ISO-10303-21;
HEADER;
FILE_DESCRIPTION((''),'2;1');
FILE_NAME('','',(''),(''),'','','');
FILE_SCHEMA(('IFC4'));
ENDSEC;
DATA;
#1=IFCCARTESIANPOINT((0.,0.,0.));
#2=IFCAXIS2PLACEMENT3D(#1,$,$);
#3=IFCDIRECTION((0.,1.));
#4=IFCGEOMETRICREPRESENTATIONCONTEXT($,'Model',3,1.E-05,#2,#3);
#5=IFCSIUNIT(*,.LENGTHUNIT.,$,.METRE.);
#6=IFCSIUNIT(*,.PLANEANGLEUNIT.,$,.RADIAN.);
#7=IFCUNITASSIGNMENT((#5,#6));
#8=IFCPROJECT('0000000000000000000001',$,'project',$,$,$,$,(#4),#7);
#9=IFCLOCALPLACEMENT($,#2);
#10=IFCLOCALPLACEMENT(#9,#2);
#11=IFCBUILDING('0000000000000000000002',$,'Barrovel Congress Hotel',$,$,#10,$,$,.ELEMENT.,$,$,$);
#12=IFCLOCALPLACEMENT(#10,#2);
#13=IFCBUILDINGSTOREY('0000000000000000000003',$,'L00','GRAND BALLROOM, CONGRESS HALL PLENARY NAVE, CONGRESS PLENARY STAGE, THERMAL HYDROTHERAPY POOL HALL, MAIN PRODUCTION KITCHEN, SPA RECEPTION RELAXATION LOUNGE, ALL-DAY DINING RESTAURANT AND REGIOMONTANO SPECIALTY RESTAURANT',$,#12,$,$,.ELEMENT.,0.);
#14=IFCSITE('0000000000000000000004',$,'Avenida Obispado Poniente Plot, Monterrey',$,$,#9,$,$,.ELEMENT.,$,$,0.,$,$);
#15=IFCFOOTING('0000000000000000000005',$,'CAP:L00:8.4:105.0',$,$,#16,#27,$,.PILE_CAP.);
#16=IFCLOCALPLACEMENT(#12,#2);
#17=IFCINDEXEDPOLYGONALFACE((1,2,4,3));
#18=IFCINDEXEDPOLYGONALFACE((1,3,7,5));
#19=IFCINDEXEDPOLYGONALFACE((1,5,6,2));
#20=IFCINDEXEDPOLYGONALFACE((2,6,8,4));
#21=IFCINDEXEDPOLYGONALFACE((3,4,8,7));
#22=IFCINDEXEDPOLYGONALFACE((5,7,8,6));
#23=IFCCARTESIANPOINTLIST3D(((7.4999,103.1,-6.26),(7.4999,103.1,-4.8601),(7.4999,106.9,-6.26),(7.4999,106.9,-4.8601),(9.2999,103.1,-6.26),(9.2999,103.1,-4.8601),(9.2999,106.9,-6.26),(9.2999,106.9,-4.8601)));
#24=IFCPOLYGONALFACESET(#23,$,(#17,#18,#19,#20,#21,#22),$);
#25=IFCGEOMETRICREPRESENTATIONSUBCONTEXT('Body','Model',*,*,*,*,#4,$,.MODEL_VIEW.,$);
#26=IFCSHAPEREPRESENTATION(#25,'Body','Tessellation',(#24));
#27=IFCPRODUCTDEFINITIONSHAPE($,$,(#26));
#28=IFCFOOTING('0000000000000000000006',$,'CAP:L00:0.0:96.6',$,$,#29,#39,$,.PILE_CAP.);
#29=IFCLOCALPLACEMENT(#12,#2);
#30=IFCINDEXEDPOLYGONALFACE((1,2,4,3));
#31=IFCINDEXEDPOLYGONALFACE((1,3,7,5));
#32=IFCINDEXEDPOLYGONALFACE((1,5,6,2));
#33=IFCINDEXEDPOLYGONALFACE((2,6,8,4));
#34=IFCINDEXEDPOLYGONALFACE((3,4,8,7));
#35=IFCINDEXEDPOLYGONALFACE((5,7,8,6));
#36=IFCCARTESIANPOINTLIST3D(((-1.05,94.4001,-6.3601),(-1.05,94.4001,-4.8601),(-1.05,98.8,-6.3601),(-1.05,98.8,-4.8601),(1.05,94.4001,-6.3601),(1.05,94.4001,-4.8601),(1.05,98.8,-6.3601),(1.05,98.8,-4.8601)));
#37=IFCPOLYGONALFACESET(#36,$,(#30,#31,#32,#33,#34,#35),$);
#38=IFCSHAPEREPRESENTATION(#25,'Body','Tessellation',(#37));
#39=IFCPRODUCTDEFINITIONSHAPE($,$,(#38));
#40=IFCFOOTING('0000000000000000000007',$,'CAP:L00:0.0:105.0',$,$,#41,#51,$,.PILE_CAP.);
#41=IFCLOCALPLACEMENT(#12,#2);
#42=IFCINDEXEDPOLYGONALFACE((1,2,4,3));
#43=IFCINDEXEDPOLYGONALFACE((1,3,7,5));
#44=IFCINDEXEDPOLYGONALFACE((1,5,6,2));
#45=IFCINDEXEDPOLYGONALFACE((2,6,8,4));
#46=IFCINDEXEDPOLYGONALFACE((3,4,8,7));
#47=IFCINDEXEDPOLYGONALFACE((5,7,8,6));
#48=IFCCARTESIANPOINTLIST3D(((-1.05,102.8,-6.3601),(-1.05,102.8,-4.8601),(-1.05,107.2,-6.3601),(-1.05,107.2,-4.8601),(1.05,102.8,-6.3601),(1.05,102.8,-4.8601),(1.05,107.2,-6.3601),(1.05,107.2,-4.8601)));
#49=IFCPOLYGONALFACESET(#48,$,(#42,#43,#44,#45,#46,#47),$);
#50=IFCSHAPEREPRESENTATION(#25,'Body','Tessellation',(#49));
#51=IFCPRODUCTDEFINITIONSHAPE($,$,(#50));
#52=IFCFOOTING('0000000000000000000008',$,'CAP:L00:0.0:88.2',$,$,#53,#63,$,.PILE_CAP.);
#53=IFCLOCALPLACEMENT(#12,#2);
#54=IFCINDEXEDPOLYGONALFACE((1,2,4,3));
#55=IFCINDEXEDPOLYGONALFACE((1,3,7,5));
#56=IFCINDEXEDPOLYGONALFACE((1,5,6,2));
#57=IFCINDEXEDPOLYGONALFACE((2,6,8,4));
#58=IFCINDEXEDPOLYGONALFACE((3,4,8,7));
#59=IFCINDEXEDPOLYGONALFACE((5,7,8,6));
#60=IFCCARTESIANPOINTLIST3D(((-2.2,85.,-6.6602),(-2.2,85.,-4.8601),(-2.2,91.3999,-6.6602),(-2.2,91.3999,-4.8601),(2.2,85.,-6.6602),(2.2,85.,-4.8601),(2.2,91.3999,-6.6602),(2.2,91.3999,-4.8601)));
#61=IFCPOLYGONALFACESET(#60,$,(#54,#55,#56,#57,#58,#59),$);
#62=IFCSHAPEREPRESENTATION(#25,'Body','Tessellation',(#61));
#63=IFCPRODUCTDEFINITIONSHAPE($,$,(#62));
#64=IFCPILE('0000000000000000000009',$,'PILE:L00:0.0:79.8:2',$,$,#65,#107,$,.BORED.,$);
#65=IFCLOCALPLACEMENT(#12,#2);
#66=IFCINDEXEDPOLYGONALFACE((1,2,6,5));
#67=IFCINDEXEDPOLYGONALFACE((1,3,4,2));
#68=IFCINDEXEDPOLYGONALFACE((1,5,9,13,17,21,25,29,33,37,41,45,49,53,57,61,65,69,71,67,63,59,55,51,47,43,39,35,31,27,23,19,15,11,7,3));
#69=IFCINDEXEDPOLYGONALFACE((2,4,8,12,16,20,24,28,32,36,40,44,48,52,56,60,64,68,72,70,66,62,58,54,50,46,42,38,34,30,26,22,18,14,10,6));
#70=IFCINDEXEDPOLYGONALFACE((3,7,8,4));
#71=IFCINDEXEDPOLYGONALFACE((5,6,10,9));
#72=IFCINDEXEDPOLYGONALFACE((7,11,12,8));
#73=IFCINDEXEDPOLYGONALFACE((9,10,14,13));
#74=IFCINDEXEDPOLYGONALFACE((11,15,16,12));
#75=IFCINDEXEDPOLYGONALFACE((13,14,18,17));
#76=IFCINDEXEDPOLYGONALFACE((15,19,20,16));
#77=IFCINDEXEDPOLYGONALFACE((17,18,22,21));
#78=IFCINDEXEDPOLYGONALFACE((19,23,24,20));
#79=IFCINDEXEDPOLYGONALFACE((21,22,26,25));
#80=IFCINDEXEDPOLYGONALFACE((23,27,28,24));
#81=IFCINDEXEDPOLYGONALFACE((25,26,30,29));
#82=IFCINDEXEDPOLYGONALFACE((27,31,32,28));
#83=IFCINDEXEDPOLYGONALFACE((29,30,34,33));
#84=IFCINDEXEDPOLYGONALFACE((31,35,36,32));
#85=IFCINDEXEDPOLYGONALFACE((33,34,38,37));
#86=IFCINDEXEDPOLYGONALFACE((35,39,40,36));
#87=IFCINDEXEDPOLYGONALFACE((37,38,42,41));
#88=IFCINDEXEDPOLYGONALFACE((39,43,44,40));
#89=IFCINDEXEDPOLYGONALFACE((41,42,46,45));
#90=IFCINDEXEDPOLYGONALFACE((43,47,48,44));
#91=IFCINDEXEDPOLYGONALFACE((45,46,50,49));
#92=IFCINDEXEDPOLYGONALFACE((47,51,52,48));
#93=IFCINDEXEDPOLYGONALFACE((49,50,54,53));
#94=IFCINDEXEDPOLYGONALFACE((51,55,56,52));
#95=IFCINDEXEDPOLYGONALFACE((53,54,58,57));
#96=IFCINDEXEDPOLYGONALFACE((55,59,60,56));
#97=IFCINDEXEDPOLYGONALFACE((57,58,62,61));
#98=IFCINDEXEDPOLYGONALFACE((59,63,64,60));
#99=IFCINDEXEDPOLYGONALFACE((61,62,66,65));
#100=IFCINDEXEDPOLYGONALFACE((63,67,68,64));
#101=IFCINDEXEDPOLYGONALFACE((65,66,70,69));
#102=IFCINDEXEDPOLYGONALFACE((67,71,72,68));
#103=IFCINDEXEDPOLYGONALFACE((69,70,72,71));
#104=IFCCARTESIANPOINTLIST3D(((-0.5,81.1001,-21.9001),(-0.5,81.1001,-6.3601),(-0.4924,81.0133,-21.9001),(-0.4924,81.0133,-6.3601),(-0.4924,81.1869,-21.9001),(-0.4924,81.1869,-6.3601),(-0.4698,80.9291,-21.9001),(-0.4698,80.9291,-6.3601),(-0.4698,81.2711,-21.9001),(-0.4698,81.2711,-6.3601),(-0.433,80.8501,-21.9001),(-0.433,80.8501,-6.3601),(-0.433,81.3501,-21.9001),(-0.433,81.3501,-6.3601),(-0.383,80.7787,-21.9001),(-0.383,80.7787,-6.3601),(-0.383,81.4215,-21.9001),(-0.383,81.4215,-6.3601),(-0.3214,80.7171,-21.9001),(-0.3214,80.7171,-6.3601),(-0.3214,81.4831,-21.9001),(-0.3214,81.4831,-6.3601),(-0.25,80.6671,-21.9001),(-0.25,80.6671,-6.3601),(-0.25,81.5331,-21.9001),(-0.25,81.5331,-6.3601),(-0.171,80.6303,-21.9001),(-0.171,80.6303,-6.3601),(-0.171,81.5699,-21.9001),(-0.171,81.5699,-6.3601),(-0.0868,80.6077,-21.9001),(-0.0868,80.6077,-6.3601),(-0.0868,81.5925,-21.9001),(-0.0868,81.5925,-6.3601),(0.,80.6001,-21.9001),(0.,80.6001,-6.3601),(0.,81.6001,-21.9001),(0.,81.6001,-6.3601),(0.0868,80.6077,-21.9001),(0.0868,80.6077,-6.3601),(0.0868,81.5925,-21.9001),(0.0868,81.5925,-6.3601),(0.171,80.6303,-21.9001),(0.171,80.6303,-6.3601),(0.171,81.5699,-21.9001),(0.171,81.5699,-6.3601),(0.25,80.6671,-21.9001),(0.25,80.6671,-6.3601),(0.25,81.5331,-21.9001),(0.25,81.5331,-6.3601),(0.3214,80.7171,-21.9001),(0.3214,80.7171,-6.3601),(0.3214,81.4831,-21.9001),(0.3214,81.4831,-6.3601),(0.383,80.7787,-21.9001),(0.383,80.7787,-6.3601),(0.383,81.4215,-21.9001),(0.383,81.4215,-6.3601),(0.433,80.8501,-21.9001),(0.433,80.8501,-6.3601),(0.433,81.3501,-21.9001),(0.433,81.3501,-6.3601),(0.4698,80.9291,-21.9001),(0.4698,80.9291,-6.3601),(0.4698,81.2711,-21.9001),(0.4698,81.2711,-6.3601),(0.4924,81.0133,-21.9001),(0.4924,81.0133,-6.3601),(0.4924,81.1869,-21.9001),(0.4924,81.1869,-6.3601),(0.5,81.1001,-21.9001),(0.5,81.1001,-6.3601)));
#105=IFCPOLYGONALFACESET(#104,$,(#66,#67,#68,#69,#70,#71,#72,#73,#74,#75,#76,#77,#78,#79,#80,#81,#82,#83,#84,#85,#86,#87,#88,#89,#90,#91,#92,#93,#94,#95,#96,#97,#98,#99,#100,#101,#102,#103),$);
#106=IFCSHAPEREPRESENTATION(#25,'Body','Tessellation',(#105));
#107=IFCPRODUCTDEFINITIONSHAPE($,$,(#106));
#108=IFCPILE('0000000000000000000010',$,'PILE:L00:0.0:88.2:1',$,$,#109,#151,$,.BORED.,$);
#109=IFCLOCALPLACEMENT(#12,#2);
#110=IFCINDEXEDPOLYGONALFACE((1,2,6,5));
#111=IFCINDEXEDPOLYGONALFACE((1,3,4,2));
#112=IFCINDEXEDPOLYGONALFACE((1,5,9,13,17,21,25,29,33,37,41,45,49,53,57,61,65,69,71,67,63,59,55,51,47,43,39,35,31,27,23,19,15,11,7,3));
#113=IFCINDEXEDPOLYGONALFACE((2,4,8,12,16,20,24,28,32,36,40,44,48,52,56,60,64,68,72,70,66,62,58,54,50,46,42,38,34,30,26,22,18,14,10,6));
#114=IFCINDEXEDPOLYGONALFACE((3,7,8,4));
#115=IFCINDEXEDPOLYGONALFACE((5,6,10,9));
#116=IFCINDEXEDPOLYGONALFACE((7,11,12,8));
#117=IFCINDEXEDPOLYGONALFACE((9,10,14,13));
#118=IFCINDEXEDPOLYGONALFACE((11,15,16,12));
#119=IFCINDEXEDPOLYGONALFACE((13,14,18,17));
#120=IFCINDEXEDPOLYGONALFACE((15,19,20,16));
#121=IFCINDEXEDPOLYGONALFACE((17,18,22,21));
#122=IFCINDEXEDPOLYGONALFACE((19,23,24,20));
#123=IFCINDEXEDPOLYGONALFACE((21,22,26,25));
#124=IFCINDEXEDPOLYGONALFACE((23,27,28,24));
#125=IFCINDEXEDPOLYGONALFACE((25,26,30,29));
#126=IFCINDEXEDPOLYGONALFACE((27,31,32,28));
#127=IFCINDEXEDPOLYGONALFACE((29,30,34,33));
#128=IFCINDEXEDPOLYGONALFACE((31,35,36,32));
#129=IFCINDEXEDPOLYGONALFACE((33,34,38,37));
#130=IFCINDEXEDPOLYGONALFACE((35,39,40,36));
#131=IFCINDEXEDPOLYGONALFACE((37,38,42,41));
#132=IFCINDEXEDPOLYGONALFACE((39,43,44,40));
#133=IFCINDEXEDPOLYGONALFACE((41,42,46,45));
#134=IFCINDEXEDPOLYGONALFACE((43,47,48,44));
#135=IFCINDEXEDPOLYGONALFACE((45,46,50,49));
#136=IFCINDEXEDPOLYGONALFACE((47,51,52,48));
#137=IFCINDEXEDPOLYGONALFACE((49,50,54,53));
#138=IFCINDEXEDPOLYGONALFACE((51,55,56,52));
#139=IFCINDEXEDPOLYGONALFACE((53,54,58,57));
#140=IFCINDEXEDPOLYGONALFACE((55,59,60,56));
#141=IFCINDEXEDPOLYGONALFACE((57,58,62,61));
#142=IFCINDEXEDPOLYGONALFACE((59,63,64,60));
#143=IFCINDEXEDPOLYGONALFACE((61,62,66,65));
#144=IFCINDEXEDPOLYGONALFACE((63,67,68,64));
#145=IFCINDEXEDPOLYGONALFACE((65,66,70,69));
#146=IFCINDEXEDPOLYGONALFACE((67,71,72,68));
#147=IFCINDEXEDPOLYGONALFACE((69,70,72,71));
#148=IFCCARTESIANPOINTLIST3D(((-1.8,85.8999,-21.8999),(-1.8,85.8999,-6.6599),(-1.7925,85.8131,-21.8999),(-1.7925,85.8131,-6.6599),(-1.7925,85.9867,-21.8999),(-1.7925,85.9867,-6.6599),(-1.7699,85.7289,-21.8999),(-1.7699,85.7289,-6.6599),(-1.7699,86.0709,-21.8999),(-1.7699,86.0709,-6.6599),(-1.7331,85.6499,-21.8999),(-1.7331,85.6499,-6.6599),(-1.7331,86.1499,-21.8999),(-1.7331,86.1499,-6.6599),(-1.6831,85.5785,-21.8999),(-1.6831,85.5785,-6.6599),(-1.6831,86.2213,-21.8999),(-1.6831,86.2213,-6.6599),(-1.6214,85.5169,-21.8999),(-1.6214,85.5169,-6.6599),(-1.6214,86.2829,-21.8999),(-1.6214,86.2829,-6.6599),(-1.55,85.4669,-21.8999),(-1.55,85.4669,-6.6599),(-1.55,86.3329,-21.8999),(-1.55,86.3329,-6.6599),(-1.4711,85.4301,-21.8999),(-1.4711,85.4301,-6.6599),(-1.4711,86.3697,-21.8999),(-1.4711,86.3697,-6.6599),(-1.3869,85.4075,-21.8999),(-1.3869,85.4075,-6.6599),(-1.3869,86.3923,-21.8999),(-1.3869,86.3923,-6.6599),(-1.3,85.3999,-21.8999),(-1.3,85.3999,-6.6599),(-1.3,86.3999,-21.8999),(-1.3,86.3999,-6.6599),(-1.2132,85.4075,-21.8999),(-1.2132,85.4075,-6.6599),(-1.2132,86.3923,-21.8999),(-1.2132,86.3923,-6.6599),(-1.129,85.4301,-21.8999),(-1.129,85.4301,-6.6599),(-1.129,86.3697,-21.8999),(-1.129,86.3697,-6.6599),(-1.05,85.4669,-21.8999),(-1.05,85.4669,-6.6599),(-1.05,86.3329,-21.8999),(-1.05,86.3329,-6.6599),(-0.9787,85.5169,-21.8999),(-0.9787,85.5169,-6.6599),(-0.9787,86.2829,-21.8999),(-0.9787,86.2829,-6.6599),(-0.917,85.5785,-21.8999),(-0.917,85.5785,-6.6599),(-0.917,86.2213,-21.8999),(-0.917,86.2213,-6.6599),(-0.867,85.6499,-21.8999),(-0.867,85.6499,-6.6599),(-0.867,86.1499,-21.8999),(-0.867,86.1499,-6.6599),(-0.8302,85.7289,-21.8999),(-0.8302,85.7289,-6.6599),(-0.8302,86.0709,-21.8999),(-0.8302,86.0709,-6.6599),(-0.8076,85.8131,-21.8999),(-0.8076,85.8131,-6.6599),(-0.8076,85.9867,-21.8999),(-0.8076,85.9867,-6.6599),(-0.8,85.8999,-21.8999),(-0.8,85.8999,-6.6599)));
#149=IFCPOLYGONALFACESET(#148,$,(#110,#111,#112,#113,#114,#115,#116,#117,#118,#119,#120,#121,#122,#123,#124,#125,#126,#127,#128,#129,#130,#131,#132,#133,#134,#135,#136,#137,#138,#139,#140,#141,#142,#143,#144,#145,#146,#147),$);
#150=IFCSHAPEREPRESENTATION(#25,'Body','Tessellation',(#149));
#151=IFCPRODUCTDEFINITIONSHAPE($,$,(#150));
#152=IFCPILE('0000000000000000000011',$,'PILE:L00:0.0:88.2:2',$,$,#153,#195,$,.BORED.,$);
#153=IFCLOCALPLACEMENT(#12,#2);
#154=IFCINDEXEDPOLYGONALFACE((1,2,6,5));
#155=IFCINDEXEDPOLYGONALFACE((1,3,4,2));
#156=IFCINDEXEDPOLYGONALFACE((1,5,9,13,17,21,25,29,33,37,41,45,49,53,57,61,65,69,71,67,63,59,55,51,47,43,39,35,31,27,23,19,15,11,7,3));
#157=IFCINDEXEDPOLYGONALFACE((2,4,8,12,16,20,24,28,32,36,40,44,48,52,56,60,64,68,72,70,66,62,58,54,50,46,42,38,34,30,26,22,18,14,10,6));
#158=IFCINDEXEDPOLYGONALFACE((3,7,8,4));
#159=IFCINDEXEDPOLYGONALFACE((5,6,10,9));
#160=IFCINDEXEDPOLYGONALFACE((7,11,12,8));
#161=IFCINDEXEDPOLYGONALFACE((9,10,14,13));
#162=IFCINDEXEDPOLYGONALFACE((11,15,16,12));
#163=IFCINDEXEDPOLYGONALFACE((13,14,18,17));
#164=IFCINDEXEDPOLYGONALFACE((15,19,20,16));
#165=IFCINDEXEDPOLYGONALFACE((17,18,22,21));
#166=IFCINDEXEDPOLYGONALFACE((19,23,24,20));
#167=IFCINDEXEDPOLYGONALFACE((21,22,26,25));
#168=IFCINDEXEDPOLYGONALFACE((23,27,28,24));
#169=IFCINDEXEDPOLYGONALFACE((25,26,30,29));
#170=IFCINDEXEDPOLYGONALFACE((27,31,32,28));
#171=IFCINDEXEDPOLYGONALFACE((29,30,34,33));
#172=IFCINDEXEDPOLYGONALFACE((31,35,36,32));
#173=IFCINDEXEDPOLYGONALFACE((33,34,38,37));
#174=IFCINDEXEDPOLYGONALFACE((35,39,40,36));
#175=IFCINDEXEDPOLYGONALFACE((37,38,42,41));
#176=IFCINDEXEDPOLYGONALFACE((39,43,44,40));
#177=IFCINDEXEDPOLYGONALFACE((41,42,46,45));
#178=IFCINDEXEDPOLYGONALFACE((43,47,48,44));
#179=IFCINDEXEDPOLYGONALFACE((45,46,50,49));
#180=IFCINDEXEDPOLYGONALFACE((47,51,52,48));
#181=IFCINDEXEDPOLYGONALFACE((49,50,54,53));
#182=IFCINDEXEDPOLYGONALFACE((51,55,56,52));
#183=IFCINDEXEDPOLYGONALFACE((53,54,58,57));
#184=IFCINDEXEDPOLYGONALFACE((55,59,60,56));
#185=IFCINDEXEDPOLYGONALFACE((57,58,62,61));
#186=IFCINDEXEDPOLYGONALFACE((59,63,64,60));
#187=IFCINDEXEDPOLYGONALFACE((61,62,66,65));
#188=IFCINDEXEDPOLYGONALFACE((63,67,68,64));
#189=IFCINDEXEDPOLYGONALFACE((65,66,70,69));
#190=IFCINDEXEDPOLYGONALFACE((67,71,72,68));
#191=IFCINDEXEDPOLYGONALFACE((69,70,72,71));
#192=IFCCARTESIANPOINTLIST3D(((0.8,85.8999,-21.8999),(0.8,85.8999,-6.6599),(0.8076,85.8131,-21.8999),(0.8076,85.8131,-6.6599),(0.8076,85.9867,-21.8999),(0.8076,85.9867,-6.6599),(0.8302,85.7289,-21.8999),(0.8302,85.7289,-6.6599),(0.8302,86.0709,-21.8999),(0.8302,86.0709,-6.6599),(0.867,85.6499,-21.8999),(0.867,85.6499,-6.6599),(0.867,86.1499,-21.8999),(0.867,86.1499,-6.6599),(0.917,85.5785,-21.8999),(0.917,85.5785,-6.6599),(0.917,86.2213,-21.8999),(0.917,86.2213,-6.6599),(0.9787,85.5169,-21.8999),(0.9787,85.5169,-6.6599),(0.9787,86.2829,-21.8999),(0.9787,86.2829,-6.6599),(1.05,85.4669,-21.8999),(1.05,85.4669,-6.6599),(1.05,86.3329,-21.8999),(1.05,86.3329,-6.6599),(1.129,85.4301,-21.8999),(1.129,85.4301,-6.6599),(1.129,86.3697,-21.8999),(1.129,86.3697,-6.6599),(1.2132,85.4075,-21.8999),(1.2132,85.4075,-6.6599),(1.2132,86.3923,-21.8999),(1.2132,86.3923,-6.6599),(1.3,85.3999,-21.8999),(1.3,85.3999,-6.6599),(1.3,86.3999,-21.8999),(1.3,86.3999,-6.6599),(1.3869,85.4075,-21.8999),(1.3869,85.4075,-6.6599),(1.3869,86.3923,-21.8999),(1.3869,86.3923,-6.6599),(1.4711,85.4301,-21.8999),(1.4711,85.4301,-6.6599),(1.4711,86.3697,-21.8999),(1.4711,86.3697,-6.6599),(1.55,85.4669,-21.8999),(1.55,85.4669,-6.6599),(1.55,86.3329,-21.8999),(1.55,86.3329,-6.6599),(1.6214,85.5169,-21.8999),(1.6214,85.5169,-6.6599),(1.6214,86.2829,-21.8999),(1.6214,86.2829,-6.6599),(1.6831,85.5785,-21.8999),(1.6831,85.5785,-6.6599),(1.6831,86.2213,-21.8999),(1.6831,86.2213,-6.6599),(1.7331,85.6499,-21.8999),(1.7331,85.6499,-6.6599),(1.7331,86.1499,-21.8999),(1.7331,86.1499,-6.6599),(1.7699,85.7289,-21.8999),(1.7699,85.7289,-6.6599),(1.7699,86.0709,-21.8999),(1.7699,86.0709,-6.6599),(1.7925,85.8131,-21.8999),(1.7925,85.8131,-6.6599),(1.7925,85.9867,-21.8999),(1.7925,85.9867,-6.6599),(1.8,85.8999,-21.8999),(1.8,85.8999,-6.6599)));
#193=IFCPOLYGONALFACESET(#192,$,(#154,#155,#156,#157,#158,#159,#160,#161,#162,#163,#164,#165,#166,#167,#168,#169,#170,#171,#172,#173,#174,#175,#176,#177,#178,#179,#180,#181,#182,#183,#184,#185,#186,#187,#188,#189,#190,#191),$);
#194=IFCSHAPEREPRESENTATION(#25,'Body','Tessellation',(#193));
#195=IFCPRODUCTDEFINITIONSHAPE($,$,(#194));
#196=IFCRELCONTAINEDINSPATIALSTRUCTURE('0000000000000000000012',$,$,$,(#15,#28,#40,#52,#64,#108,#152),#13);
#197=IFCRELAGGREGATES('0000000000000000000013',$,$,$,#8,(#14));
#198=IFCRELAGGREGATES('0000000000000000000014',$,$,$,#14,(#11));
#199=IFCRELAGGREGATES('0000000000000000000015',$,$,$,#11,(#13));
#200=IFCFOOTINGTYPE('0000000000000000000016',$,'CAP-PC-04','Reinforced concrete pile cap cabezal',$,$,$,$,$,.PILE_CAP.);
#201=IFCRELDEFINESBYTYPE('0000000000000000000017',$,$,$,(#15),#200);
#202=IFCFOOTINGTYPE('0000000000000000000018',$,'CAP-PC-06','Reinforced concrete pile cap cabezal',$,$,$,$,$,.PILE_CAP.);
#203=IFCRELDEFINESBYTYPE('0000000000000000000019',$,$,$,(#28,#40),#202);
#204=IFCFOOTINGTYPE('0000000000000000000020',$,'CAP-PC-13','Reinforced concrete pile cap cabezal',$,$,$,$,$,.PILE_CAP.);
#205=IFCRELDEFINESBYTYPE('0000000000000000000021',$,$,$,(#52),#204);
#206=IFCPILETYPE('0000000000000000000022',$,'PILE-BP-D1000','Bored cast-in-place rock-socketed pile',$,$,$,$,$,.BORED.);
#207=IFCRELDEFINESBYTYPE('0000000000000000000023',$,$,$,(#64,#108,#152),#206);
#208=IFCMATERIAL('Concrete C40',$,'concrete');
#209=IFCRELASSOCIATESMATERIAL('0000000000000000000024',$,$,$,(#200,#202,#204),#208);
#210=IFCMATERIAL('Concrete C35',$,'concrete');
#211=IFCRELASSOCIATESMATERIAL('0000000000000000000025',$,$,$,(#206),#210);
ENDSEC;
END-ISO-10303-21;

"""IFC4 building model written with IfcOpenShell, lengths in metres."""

from ifc_helpers import new_model, si_unit, direction, frame, origin, origin_2d, place, context, subcontext, project, spatial, rectangle, circle, extrude, material, material_profile, profile_set, type_object, element, save


model = new_model("IFC4")

# Units and contexts
model_context = context("Model", 3, precision=1e-05, world=origin(), true_north=direction((0.0, 1.0)))
body_context = subcontext(model_context, "Body", "Model", "MODEL_VIEW")
ifc_project = project(units=[si_unit("LENGTHUNIT", "METRE"), si_unit("PLANEANGLEUNIT", "RADIAN")], contexts=[model_context])

# Site, building, storey
site_placement = place(None, origin())
site = spatial("IfcSite", under=ifc_project, at=site_placement, Name="Avenida Obispado Poniente Plot, Monterrey", CompositionType="ELEMENT", RefElevation=0.0)
building_placement = place(site_placement, origin())
building = spatial("IfcBuilding", under=site, at=building_placement, Name="Barrovel Congress Hotel", CompositionType="ELEMENT")
storey_placement = place(building_placement, origin())
storey = spatial("IfcBuildingStorey", under=building, at=storey_placement, Name="L00", Description="GRAND BALLROOM, CONGRESS HALL PLENARY NAVE, CONGRESS PLENARY STAGE, THERMAL HYDROTHERAPY POOL HALL, MAIN PRODUCTION KITCHEN, SPA RECEPTION RELAXATION LOUNGE, ALL-DAY DINING RESTAURANT AND REGIOMONTANO SPECIALTY RESTAURANT", CompositionType="ELEMENT", Elevation=0.0)

# Footings
ifc_material_1 = material(Name="Concrete C40", Category="concrete")
footing_type_1 = type_object("IfcFootingType", Name="CAP-PC-04", Description="Reinforced concrete pile cap cabezal", PredefinedType="PILE_CAP", material=ifc_material_1)
footing_1_placement = place(storey_placement, frame((8.3999, 105.0, -6.26), z_axis=(0.0, 0.0, 1.0), x_axis=(1.0, 0.0, 0.0)))
element("IfcFooting", 1, at=footing_1_placement, inside=storey, type_object=footing_type_1, Name="CAP:L00:8.4:105.0", PredefinedType="PILE_CAP", context=body_context, shape_type="SweptSolid", body=[
    extrude(rectangle(XDim=1.8, YDim=3.8, at=origin_2d()), origin(), (0.0, 0.0, 1.0), 1.3999),
])
footing_type_2 = type_object("IfcFootingType", Name="CAP-PC-06", Description="Reinforced concrete pile cap cabezal", PredefinedType="PILE_CAP", material=ifc_material_1)
for number, where, z_axis, x_axis, name in (
    (2, (0.0, 96.6001, -6.3601), (0.0, 0.0, 1.0), (1.0, 0.0, 0.0), "CAP:L00:0.0:96.6"),
    (3, (0.0, 105.0, -6.3601), (0.0, 0.0, 1.0), (1.0, 0.0, 0.0), "CAP:L00:0.0:105.0"),
):
    element("IfcFooting", number, at=place(storey_placement, frame(where, z_axis=z_axis, x_axis=x_axis)), inside=storey, type_object=footing_type_2, Name=name, PredefinedType="PILE_CAP", context=body_context, shape_type="SweptSolid", body=[
        extrude(rectangle(XDim=2.1001, YDim=4.3999, at=origin_2d()), origin(), (0.0, 0.0, 1.0), 1.5),
    ])
footing_type_3 = type_object("IfcFootingType", Name="CAP-PC-13", Description="Reinforced concrete pile cap cabezal", PredefinedType="PILE_CAP", material=ifc_material_1)
footing_2_placement = place(storey_placement, frame((0.0, 88.2, -6.6602), z_axis=(0.0, 0.0, 1.0), x_axis=(1.0, 0.0, 0.0)))
element("IfcFooting", 4, at=footing_2_placement, inside=storey, type_object=footing_type_3, Name="CAP:L00:0.0:88.2", PredefinedType="PILE_CAP", context=body_context, shape_type="SweptSolid", body=[
    extrude(rectangle(XDim=4.3999, YDim=6.3999, at=origin_2d()), origin(), (0.0, 0.0, 1.0), 1.8),
])

# Piles
ifc_material_2 = material(Name="Concrete C35", Category="concrete")
ifc_material_profile_1 = material_profile(ifc_material_2, circle(Radius=0.5, at=origin_2d()), Name="BP-D1000")
ifc_profile_set_1 = profile_set([ifc_material_profile_1], Name="Concrete C35")
pile_type_1 = type_object("IfcPileType", Name="PILE-BP-D1000", Description="Bored cast-in-place rock-socketed pile", PredefinedType="BORED", material=ifc_profile_set_1)
pile_placement = place(storey_placement, frame((0.0, 81.1001, -6.3601), z_axis=(0.0, 0.0, -1.0), x_axis=(1.0, 0.0, 0.0)))
element("IfcPile", 5, at=pile_placement, inside=storey, type_object=pile_type_1, Name="PILE:L00:0.0:79.8:2", PredefinedType="BORED", context=body_context, shape_type="SweptSolid", body=[
    extrude(circle(Radius=0.5, at=origin_2d()), origin(), (0.0, 0.0, 1.0), 15.54),
])
for number, where, z_axis, x_axis, name in (
    (6, (-1.3, 85.8999, -6.6599), (0.0, 0.0, -1.0), (1.0, 0.0, 0.0), "PILE:L00:0.0:88.2:1"),
    (7, (1.3, 85.8999, -6.6599), (0.0, 0.0, -1.0), (1.0, 0.0, 0.0), "PILE:L00:0.0:88.2:2"),
):
    element("IfcPile", number, at=place(storey_placement, frame(where, z_axis=z_axis, x_axis=x_axis)), inside=storey, type_object=pile_type_1, Name=name, PredefinedType="BORED", context=body_context, shape_type="SweptSolid", body=[
        extrude(circle(Radius=0.5, at=origin_2d()), origin(), (0.0, 0.0, 1.0), 15.24),
    ])

save(model, "model.ifc")
